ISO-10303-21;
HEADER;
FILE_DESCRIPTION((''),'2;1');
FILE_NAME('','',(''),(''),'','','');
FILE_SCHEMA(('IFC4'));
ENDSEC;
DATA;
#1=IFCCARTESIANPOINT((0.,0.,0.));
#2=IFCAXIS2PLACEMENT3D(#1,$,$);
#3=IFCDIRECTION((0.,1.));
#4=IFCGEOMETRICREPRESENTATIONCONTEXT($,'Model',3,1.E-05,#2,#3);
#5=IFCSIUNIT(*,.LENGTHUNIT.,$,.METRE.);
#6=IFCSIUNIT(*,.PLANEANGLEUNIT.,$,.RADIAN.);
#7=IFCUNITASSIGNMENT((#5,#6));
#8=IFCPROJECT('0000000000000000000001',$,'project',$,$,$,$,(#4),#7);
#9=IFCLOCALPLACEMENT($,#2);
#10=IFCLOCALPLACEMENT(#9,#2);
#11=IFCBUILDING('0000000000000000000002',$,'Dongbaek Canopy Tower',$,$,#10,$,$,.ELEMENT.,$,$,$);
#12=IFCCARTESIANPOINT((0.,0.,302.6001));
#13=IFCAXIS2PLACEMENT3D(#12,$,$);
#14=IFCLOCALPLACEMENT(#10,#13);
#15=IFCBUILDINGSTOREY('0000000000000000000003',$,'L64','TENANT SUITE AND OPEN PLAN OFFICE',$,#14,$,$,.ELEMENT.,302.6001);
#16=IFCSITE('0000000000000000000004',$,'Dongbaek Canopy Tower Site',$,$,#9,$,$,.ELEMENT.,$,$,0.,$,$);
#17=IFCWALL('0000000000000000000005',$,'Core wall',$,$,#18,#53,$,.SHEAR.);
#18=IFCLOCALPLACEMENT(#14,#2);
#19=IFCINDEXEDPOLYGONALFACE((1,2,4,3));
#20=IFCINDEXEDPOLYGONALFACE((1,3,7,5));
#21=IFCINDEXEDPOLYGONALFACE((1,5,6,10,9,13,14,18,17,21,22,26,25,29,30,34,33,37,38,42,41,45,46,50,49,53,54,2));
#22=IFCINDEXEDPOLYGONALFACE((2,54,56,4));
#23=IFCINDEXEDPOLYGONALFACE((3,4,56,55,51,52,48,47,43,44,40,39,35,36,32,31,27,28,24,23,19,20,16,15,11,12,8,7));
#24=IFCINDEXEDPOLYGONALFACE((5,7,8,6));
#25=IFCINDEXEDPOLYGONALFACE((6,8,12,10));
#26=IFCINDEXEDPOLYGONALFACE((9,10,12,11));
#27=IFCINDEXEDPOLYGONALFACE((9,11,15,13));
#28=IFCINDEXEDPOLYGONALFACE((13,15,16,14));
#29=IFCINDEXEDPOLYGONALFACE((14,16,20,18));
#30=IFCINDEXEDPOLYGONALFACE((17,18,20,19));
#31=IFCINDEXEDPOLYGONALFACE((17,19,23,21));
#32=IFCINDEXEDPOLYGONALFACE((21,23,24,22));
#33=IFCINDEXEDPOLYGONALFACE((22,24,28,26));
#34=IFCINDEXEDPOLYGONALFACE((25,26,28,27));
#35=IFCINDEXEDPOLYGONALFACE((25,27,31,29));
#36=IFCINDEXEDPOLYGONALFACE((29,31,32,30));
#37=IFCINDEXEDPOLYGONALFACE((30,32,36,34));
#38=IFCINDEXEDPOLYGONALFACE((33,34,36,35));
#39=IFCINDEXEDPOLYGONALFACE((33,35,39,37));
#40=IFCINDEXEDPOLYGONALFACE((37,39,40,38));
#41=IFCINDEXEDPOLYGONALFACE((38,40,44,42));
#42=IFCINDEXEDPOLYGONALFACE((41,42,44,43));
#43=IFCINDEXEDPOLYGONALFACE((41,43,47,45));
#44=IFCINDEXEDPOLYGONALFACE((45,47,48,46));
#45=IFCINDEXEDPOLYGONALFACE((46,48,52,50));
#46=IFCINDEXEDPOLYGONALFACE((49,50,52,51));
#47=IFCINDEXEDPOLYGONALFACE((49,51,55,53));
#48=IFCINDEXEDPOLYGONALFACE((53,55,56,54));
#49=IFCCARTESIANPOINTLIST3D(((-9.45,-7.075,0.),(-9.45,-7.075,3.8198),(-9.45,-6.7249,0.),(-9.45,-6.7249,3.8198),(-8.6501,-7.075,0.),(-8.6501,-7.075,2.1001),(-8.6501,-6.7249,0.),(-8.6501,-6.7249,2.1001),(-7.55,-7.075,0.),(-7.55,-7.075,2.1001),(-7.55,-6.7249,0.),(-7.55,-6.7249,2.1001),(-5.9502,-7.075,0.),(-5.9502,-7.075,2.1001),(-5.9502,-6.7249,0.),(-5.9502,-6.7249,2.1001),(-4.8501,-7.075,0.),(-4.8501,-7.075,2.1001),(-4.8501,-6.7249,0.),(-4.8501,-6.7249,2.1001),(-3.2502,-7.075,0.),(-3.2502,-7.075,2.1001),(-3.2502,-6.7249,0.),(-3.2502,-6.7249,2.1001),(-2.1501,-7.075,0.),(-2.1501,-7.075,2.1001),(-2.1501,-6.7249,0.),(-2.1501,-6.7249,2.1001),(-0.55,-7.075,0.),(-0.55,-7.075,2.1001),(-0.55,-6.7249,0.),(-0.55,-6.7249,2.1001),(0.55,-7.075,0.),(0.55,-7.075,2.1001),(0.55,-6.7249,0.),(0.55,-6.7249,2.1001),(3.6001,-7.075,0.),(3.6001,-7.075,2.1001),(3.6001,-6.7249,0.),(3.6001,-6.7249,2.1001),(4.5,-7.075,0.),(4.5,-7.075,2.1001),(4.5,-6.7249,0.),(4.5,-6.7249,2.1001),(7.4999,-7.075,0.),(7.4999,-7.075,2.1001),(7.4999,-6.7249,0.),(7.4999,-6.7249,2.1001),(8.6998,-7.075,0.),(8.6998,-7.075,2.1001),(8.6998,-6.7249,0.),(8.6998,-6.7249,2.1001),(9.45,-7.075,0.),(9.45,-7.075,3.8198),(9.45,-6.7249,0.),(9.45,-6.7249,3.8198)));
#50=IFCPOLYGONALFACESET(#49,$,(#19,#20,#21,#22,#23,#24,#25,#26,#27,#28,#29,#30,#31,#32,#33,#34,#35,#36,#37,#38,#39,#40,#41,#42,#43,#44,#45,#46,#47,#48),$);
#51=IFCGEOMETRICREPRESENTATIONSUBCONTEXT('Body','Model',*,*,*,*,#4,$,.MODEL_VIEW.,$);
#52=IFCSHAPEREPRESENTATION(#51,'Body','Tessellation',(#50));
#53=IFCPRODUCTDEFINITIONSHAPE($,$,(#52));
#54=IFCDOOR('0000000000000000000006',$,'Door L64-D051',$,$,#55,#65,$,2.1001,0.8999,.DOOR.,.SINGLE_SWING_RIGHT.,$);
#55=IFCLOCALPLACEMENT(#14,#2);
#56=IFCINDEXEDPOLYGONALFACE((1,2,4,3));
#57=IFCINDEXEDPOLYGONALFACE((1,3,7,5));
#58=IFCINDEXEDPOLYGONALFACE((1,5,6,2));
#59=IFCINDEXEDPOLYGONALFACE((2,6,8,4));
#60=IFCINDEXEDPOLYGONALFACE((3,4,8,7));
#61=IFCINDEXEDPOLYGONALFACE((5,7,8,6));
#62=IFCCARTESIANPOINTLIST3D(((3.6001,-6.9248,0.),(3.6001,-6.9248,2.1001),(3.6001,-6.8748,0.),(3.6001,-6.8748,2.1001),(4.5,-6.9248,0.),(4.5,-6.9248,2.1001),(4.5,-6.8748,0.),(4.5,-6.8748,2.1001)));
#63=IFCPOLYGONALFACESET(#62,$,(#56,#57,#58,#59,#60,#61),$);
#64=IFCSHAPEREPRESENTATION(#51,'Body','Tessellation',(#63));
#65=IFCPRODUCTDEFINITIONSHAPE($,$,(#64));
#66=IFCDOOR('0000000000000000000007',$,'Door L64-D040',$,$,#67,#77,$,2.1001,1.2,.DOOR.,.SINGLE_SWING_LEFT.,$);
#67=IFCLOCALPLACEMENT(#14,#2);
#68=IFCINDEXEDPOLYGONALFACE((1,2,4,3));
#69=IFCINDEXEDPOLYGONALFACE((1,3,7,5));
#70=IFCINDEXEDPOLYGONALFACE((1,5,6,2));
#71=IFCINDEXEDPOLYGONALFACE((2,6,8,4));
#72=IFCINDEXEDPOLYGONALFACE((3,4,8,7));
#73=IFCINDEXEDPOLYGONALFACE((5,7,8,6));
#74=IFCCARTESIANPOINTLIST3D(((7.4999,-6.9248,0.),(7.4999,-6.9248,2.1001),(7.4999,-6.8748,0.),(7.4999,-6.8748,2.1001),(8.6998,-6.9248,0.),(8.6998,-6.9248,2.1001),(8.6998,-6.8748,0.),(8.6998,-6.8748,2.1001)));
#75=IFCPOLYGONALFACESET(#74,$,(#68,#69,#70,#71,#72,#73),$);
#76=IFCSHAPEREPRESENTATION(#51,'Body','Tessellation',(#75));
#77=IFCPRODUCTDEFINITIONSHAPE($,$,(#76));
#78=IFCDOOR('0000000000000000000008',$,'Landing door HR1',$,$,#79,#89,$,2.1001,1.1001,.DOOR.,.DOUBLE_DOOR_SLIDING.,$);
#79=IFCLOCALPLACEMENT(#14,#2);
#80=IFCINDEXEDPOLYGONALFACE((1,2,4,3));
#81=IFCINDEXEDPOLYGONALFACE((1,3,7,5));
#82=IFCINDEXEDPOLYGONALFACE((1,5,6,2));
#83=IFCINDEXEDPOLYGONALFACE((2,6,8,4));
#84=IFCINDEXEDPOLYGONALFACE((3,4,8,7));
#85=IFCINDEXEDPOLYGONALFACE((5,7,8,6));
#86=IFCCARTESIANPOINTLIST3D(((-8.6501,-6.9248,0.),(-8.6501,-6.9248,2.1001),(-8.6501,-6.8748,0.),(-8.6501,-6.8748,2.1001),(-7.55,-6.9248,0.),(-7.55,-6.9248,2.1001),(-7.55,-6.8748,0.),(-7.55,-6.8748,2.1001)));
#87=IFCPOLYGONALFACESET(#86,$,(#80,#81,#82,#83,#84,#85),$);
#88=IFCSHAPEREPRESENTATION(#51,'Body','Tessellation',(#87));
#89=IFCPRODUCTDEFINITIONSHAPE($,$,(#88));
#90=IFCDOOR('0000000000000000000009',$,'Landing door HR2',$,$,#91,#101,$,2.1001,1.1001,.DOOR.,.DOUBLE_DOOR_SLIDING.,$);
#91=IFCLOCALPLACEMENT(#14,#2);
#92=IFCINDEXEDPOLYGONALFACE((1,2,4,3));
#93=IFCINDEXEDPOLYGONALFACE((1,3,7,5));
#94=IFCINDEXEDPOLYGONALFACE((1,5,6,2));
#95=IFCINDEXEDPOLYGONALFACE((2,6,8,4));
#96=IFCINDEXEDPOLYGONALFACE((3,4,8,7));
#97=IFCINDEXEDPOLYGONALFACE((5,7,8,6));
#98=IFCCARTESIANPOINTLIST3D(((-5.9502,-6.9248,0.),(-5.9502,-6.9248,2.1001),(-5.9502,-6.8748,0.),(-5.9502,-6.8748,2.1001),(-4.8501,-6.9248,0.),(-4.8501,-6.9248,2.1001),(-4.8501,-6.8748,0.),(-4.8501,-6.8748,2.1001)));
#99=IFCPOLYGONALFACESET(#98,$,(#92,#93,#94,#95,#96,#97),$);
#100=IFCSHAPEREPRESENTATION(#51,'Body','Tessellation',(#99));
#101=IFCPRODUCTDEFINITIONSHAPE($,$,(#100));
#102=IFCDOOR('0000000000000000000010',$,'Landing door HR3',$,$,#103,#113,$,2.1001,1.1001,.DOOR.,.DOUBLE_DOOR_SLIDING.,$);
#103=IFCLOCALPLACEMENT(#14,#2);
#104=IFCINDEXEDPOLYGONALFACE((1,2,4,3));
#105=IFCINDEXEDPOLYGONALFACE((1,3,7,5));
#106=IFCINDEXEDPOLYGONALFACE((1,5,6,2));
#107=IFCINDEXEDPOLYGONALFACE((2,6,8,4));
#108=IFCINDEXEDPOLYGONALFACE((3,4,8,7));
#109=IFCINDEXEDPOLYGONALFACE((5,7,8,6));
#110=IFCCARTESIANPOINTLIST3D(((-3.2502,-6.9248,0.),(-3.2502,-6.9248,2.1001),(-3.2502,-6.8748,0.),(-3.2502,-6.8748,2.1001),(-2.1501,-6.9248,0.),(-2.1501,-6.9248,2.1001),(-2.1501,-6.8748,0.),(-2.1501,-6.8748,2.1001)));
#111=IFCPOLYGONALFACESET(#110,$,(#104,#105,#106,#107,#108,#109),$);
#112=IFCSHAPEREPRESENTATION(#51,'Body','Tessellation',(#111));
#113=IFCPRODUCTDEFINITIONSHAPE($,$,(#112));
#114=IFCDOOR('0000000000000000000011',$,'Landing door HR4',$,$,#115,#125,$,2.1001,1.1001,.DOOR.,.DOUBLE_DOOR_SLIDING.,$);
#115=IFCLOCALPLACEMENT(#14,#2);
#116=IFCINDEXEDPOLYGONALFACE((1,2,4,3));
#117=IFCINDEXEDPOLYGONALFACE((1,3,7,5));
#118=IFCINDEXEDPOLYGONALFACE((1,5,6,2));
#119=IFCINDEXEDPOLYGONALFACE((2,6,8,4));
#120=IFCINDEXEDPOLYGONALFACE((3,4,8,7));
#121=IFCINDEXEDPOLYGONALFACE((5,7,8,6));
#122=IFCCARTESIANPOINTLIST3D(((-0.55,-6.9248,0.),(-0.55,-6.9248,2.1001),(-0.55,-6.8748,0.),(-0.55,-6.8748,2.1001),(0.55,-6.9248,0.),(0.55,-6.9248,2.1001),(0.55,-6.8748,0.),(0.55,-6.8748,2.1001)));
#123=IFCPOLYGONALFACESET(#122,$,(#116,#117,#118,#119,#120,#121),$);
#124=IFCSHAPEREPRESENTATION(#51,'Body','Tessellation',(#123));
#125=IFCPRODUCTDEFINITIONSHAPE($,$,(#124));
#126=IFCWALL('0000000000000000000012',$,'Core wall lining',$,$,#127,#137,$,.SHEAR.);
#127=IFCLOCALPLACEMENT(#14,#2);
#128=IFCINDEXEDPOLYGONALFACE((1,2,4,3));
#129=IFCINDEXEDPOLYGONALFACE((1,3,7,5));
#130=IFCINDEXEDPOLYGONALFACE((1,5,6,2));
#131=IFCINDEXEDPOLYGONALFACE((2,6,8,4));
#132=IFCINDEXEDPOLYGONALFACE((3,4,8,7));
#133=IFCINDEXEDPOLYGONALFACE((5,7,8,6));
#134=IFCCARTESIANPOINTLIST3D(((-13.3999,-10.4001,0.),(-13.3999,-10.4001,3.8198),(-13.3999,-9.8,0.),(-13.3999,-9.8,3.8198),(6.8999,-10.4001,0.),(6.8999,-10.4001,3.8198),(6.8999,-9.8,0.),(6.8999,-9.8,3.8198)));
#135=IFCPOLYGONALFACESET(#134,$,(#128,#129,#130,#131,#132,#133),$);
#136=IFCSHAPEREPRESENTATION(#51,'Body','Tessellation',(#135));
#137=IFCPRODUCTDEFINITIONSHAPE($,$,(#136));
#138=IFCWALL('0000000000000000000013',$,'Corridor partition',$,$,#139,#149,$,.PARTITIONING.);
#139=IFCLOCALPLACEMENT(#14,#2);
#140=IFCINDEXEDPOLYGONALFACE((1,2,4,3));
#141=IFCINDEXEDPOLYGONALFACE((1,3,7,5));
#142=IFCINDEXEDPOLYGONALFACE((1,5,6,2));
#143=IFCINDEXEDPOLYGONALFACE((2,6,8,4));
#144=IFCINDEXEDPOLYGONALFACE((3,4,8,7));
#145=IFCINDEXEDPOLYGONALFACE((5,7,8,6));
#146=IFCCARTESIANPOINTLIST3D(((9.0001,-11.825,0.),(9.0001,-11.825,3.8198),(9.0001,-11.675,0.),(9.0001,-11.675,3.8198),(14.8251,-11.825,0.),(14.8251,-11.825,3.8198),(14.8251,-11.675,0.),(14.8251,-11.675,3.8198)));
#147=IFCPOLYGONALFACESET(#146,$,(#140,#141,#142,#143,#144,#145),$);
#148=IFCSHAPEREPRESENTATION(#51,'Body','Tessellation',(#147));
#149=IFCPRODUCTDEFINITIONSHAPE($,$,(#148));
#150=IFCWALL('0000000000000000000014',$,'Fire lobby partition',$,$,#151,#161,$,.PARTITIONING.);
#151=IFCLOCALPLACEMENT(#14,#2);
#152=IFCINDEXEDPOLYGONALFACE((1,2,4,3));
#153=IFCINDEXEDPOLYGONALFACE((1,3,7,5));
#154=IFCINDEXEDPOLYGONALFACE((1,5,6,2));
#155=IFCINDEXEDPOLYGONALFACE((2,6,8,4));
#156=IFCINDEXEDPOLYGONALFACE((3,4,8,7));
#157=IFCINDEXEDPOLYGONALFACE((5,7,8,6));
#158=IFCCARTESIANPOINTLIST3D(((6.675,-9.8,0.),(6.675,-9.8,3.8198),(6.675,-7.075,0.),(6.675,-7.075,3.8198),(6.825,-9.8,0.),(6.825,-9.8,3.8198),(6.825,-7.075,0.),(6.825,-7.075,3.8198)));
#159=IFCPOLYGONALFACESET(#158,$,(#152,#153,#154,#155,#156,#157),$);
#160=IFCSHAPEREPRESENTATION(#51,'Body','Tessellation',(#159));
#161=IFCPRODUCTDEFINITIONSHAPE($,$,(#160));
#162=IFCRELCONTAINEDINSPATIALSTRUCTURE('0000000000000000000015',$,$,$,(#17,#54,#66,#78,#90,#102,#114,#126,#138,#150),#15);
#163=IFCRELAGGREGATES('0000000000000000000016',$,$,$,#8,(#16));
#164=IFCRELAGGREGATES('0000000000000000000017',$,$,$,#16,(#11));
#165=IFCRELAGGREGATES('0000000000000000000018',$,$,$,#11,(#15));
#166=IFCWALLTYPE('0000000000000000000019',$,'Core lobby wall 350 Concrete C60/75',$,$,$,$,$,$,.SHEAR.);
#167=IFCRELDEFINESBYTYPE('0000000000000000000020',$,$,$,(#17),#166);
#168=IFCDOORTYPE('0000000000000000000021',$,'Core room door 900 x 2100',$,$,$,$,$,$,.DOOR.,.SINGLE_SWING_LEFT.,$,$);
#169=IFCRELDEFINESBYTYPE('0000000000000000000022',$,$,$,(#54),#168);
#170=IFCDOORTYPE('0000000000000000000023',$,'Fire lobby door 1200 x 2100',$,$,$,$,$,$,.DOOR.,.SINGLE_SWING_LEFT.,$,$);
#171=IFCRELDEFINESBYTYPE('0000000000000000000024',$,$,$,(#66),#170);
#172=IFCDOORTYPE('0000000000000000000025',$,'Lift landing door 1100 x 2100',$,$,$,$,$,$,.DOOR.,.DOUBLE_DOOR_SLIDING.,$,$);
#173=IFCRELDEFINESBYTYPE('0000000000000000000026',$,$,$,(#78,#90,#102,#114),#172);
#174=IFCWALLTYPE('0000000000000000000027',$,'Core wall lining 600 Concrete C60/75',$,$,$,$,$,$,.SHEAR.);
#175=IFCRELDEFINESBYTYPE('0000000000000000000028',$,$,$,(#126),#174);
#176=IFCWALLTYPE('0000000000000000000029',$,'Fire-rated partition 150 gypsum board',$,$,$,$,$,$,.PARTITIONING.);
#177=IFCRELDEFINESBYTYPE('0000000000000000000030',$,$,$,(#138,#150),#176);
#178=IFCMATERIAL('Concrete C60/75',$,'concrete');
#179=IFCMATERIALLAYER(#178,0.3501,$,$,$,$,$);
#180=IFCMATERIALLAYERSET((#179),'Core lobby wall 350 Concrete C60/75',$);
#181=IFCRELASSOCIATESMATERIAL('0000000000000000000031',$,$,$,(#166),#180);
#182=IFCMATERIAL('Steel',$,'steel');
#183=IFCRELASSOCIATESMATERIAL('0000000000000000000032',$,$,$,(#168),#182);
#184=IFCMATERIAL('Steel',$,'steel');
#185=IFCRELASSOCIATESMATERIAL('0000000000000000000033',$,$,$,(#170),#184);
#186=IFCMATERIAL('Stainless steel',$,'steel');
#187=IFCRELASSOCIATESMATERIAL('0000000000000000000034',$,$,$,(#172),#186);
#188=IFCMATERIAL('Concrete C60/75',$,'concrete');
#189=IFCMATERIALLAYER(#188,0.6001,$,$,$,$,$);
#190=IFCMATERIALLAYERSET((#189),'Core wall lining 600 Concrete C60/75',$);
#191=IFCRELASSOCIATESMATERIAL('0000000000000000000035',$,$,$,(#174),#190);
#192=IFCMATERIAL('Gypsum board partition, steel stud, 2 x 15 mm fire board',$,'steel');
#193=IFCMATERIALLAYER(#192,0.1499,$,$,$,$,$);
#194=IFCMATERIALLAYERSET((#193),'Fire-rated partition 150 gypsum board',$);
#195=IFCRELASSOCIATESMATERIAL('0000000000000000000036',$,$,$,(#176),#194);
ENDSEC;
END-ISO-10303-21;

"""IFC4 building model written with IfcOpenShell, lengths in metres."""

from ifc_helpers import new_model, si_unit, direction, frame, frame_2d, origin, place, context, subcontext, project, spatial, rectangle, extrude, material, layer, layer_set, type_object, element, fill, save


model = new_model("IFC4")

# Units and contexts
model_context = context("Model", 3, precision=1e-05, world=origin(), true_north=direction((0.0, 1.0)))
body_context = subcontext(model_context, "Body", "Model", "MODEL_VIEW")
ifc_project = project(units=[si_unit("LENGTHUNIT", "METRE"), si_unit("PLANEANGLEUNIT", "RADIAN")], contexts=[model_context])

# Site, building, storey
site_placement = place(None, origin())
site = spatial("IfcSite", under=ifc_project, at=site_placement, Name="Dongbaek Canopy Tower Site", CompositionType="ELEMENT", RefElevation=0.0)
building_placement = place(site_placement, origin())
building = spatial("IfcBuilding", under=site, at=building_placement, Name="Dongbaek Canopy Tower", CompositionType="ELEMENT")
storey_placement = place(building_placement, frame((0.0, 0.0, 302.6001)))
storey = spatial("IfcBuildingStorey", under=building, at=storey_placement, Name="L64", Description="TENANT SUITE AND OPEN PLAN OFFICE", CompositionType="ELEMENT", Elevation=302.6001)

# Wall, openings, doors
ifc_material_1 = material(Name="Concrete C60/75", Category="concrete")
ifc_layer_1 = layer(ifc_material_1, 0.3501)
ifc_layer_set_1 = layer_set([ifc_layer_1], Name="Core lobby wall 350 Concrete C60/75")
wall_type_1 = type_object("IfcWallType", Name="Core lobby wall 350 Concrete C60/75", PredefinedType="SHEAR", material=ifc_layer_set_1)
wall_1_placement = place(storey_placement, frame((9.45, -6.8999, 0.0), z_axis=(0.0, 0.0, 1.0), x_axis=(-1.0, 0.0, 0.0)))
wall_1 = element("IfcWall", 1, at=wall_1_placement, inside=storey, type_object=wall_type_1, Name="Core wall", PredefinedType="SHEAR", context=body_context, shape_type="SweptSolid", body=[
    extrude(rectangle(XDim=18.8999, YDim=0.3501, at=frame_2d((9.45, 0.0))), origin(), (0.0, 0.0, 1.0), 3.8198),
])
opening_1_placement = place(wall_1_placement, frame((17.0, 0.0, 0.0)))
opening_1 = element("IfcOpeningElement", 2, at=opening_1_placement, cuts=wall_1, PredefinedType="OPENING", context=body_context, shape_type="SweptSolid", body=[
    extrude(rectangle(XDim=1.1001, YDim=2.1001, at=frame_2d((0.55, 1.05))), frame((0.0, 0.1851, 0.0), z_axis=(0.0, -1.0, 0.0), x_axis=(1.0, 0.0, 0.0)), (0.0, 0.0, 1.0), 0.3701),
])
opening_2_placement = place(wall_1_placement, frame((14.3, 0.0, 0.0)))
opening_2 = element("IfcOpeningElement", 3, at=opening_2_placement, cuts=wall_1, PredefinedType="OPENING", context=body_context, shape_type="SweptSolid", body=[
    extrude(rectangle(XDim=1.1001, YDim=2.1001, at=frame_2d((0.55, 1.05))), frame((0.0, 0.1851, 0.0), z_axis=(0.0, -1.0, 0.0), x_axis=(1.0, 0.0, 0.0)), (0.0, 0.0, 1.0), 0.3701),
])
opening_3_placement = place(wall_1_placement, frame((11.6001, 0.0, 0.0)))
opening_3 = element("IfcOpeningElement", 4, at=opening_3_placement, cuts=wall_1, PredefinedType="OPENING", context=body_context, shape_type="SweptSolid", body=[
    extrude(rectangle(XDim=1.1001, YDim=2.1001, at=frame_2d((0.55, 1.05))), frame((0.0, 0.1851, 0.0), z_axis=(0.0, -1.0, 0.0), x_axis=(1.0, 0.0, 0.0)), (0.0, 0.0, 1.0), 0.3701),
])
opening_4_placement = place(wall_1_placement, frame((8.8999, 0.0, 0.0)))
opening_4 = element("IfcOpeningElement", 5, at=opening_4_placement, cuts=wall_1, PredefinedType="OPENING", context=body_context, shape_type="SweptSolid", body=[
    extrude(rectangle(XDim=1.1001, YDim=2.1001, at=frame_2d((0.55, 1.05))), frame((0.0, 0.1851, 0.0), z_axis=(0.0, -1.0, 0.0), x_axis=(1.0, 0.0, 0.0)), (0.0, 0.0, 1.0), 0.3701),
])
opening_5_placement = place(wall_1_placement, frame((0.75, 0.0, 0.0)))
opening_5 = element("IfcOpeningElement", 6, at=opening_5_placement, cuts=wall_1, PredefinedType="OPENING", context=body_context, shape_type="SweptSolid", body=[
    extrude(rectangle(XDim=1.2, YDim=2.1001, at=frame_2d((0.6001, 1.05))), frame((0.0, 0.1851, 0.0), z_axis=(0.0, -1.0, 0.0), x_axis=(1.0, 0.0, 0.0)), (0.0, 0.0, 1.0), 0.3701),
])
opening_6_placement = place(wall_1_placement, frame((4.95, 0.0, 0.0)))
opening_6 = element("IfcOpeningElement", 7, at=opening_6_placement, cuts=wall_1, PredefinedType="OPENING", context=body_context, shape_type="SweptSolid", body=[
    extrude(rectangle(XDim=0.8999, YDim=2.1001, at=frame_2d((0.45, 1.05))), frame((0.0, 0.1851, 0.0), z_axis=(0.0, -1.0, 0.0), x_axis=(1.0, 0.0, 0.0)), (0.0, 0.0, 1.0), 0.3701),
])
ifc_material_2 = material(Name="Steel", Category="steel")
door_type_1 = type_object("IfcDoorType", Name="Core room door 900 x 2100", OperationType="SINGLE_SWING_LEFT", PredefinedType="DOOR", material=ifc_material_2)
door_1_placement = place(opening_6_placement, origin())
door_1 = element("IfcDoor", 8, at=door_1_placement, inside=storey, type_object=door_type_1, Name="Door L64-D051", OperationType="SINGLE_SWING_RIGHT", OverallHeight=2.1001, OverallWidth=0.8999, PredefinedType="DOOR", context=body_context, shape_type="SweptSolid", body=[
    extrude(rectangle(XDim=0.8999, YDim=2.1001, at=frame_2d((0.45, 1.05))), frame((0.0, 0.0249, 0.0), z_axis=(0.0, -1.0, 0.0), x_axis=(1.0, 0.0, 0.0)), (0.0, 0.0, 1.0), 0.05),
])
fill(opening_6, door_1)
ifc_material_3 = material(Name="Steel", Category="steel")
door_type_2 = type_object("IfcDoorType", Name="Fire lobby door 1200 x 2100", OperationType="SINGLE_SWING_LEFT", PredefinedType="DOOR", material=ifc_material_3)
door_2_placement = place(opening_5_placement, origin())
door_2 = element("IfcDoor", 9, at=door_2_placement, inside=storey, type_object=door_type_2, Name="Door L64-D040", OperationType="SINGLE_SWING_LEFT", OverallHeight=2.1001, OverallWidth=1.2, PredefinedType="DOOR", context=body_context, shape_type="SweptSolid", body=[
    extrude(rectangle(XDim=1.2, YDim=2.1001, at=frame_2d((0.6001, 1.05))), frame((0.0, 0.0249, 0.0), z_axis=(0.0, -1.0, 0.0), x_axis=(1.0, 0.0, 0.0)), (0.0, 0.0, 1.0), 0.05),
])
fill(opening_5, door_2)
ifc_material_4 = material(Name="Stainless steel", Category="steel")
door_type_3 = type_object("IfcDoorType", Name="Lift landing door 1100 x 2100", OperationType="DOUBLE_DOOR_SLIDING", PredefinedType="DOOR", material=ifc_material_4)
door_3_placement = place(opening_1_placement, origin())
door_3 = element("IfcDoor", 10, at=door_3_placement, inside=storey, type_object=door_type_3, Name="Landing door HR1", OperationType="DOUBLE_DOOR_SLIDING", OverallHeight=2.1001, OverallWidth=1.1001, PredefinedType="DOOR", context=body_context, shape_type="SweptSolid", body=[
    extrude(rectangle(XDim=1.1001, YDim=2.1001, at=frame_2d((0.55, 1.05))), frame((0.0, 0.0249, 0.0), z_axis=(0.0, -1.0, 0.0), x_axis=(1.0, 0.0, 0.0)), (0.0, 0.0, 1.0), 0.05),
])
fill(opening_1, door_3)
door_4_placement = place(opening_2_placement, origin())
door_4 = element("IfcDoor", 11, at=door_4_placement, inside=storey, type_object=door_type_3, Name="Landing door HR2", OperationType="DOUBLE_DOOR_SLIDING", OverallHeight=2.1001, OverallWidth=1.1001, PredefinedType="DOOR", context=body_context, shape_type="SweptSolid", body=[
    extrude(rectangle(XDim=1.1001, YDim=2.1001, at=frame_2d((0.55, 1.05))), frame((0.0, 0.0249, 0.0), z_axis=(0.0, -1.0, 0.0), x_axis=(1.0, 0.0, 0.0)), (0.0, 0.0, 1.0), 0.05),
])
fill(opening_2, door_4)
door_5_placement = place(opening_3_placement, origin())
door_5 = element("IfcDoor", 12, at=door_5_placement, inside=storey, type_object=door_type_3, Name="Landing door HR3", OperationType="DOUBLE_DOOR_SLIDING", OverallHeight=2.1001, OverallWidth=1.1001, PredefinedType="DOOR", context=body_context, shape_type="SweptSolid", body=[
    extrude(rectangle(XDim=1.1001, YDim=2.1001, at=frame_2d((0.55, 1.05))), frame((0.0, 0.0249, 0.0), z_axis=(0.0, -1.0, 0.0), x_axis=(1.0, 0.0, 0.0)), (0.0, 0.0, 1.0), 0.05),
])
fill(opening_3, door_5)
door_6_placement = place(opening_4_placement, origin())
door_6 = element("IfcDoor", 13, at=door_6_placement, inside=storey, type_object=door_type_3, Name="Landing door HR4", OperationType="DOUBLE_DOOR_SLIDING", OverallHeight=2.1001, OverallWidth=1.1001, PredefinedType="DOOR", context=body_context, shape_type="SweptSolid", body=[
    extrude(rectangle(XDim=1.1001, YDim=2.1001, at=frame_2d((0.55, 1.05))), frame((0.0, 0.0249, 0.0), z_axis=(0.0, -1.0, 0.0), x_axis=(1.0, 0.0, 0.0)), (0.0, 0.0, 1.0), 0.05),
])
fill(opening_4, door_6)

# Walls
ifc_material_5 = material(Name="Concrete C60/75", Category="concrete")
ifc_layer_2 = layer(ifc_material_5, 0.6001)
ifc_layer_set_2 = layer_set([ifc_layer_2], Name="Core wall lining 600 Concrete C60/75")
wall_type_2 = type_object("IfcWallType", Name="Core wall lining 600 Concrete C60/75", PredefinedType="SHEAR", material=ifc_layer_set_2)
wall_2_placement = place(storey_placement, frame((6.8999, -10.1001, 0.0), z_axis=(0.0, 0.0, 1.0), x_axis=(-1.0, 0.0, 0.0)))
element("IfcWall", 14, at=wall_2_placement, inside=storey, type_object=wall_type_2, Name="Core wall lining", PredefinedType="SHEAR", context=body_context, shape_type="SweptSolid", body=[
    extrude(rectangle(XDim=20.2998, YDim=0.6001, at=frame_2d((10.1499, 0.0))), origin(), (0.0, 0.0, 1.0), 3.8198),
])
ifc_material_6 = material(Name="Gypsum board partition, steel stud, 2 x 15 mm fire board", Category="steel")
ifc_layer_3 = layer(ifc_material_6, 0.1499)
ifc_layer_set_3 = layer_set([ifc_layer_3], Name="Fire-rated partition 150 gypsum board")
wall_type_3 = type_object("IfcWallType", Name="Fire-rated partition 150 gypsum board", PredefinedType="PARTITIONING", material=ifc_layer_set_3)
wall_3_placement = place(storey_placement, frame((9.0, -11.75, 0.0), z_axis=(0.0, 0.0, 1.0), x_axis=(1.0, 0.0, 0.0)))
element("IfcWall", 15, at=wall_3_placement, inside=storey, type_object=wall_type_3, Name="Corridor partition", PredefinedType="PARTITIONING", context=body_context, shape_type="SweptSolid", body=[
    extrude(rectangle(XDim=5.825, YDim=0.1499, at=frame_2d((2.9126, 0.0))), origin(), (0.0, 0.0, 1.0), 3.8198),
])
wall_4_placement = place(storey_placement, frame((6.75, -9.8, 0.0), z_axis=(0.0, 0.0, 1.0), x_axis=(0.0, 1.0, 0.0)))
element("IfcWall", 16, at=wall_4_placement, inside=storey, type_object=wall_type_3, Name="Fire lobby partition", PredefinedType="PARTITIONING", context=body_context, shape_type="SweptSolid", body=[
    extrude(rectangle(XDim=2.7251, YDim=0.1499, at=frame_2d((1.3625, 0.0))), origin(), (0.0, 0.0, 1.0), 3.8198),
])

save(model, "model.ifc")
